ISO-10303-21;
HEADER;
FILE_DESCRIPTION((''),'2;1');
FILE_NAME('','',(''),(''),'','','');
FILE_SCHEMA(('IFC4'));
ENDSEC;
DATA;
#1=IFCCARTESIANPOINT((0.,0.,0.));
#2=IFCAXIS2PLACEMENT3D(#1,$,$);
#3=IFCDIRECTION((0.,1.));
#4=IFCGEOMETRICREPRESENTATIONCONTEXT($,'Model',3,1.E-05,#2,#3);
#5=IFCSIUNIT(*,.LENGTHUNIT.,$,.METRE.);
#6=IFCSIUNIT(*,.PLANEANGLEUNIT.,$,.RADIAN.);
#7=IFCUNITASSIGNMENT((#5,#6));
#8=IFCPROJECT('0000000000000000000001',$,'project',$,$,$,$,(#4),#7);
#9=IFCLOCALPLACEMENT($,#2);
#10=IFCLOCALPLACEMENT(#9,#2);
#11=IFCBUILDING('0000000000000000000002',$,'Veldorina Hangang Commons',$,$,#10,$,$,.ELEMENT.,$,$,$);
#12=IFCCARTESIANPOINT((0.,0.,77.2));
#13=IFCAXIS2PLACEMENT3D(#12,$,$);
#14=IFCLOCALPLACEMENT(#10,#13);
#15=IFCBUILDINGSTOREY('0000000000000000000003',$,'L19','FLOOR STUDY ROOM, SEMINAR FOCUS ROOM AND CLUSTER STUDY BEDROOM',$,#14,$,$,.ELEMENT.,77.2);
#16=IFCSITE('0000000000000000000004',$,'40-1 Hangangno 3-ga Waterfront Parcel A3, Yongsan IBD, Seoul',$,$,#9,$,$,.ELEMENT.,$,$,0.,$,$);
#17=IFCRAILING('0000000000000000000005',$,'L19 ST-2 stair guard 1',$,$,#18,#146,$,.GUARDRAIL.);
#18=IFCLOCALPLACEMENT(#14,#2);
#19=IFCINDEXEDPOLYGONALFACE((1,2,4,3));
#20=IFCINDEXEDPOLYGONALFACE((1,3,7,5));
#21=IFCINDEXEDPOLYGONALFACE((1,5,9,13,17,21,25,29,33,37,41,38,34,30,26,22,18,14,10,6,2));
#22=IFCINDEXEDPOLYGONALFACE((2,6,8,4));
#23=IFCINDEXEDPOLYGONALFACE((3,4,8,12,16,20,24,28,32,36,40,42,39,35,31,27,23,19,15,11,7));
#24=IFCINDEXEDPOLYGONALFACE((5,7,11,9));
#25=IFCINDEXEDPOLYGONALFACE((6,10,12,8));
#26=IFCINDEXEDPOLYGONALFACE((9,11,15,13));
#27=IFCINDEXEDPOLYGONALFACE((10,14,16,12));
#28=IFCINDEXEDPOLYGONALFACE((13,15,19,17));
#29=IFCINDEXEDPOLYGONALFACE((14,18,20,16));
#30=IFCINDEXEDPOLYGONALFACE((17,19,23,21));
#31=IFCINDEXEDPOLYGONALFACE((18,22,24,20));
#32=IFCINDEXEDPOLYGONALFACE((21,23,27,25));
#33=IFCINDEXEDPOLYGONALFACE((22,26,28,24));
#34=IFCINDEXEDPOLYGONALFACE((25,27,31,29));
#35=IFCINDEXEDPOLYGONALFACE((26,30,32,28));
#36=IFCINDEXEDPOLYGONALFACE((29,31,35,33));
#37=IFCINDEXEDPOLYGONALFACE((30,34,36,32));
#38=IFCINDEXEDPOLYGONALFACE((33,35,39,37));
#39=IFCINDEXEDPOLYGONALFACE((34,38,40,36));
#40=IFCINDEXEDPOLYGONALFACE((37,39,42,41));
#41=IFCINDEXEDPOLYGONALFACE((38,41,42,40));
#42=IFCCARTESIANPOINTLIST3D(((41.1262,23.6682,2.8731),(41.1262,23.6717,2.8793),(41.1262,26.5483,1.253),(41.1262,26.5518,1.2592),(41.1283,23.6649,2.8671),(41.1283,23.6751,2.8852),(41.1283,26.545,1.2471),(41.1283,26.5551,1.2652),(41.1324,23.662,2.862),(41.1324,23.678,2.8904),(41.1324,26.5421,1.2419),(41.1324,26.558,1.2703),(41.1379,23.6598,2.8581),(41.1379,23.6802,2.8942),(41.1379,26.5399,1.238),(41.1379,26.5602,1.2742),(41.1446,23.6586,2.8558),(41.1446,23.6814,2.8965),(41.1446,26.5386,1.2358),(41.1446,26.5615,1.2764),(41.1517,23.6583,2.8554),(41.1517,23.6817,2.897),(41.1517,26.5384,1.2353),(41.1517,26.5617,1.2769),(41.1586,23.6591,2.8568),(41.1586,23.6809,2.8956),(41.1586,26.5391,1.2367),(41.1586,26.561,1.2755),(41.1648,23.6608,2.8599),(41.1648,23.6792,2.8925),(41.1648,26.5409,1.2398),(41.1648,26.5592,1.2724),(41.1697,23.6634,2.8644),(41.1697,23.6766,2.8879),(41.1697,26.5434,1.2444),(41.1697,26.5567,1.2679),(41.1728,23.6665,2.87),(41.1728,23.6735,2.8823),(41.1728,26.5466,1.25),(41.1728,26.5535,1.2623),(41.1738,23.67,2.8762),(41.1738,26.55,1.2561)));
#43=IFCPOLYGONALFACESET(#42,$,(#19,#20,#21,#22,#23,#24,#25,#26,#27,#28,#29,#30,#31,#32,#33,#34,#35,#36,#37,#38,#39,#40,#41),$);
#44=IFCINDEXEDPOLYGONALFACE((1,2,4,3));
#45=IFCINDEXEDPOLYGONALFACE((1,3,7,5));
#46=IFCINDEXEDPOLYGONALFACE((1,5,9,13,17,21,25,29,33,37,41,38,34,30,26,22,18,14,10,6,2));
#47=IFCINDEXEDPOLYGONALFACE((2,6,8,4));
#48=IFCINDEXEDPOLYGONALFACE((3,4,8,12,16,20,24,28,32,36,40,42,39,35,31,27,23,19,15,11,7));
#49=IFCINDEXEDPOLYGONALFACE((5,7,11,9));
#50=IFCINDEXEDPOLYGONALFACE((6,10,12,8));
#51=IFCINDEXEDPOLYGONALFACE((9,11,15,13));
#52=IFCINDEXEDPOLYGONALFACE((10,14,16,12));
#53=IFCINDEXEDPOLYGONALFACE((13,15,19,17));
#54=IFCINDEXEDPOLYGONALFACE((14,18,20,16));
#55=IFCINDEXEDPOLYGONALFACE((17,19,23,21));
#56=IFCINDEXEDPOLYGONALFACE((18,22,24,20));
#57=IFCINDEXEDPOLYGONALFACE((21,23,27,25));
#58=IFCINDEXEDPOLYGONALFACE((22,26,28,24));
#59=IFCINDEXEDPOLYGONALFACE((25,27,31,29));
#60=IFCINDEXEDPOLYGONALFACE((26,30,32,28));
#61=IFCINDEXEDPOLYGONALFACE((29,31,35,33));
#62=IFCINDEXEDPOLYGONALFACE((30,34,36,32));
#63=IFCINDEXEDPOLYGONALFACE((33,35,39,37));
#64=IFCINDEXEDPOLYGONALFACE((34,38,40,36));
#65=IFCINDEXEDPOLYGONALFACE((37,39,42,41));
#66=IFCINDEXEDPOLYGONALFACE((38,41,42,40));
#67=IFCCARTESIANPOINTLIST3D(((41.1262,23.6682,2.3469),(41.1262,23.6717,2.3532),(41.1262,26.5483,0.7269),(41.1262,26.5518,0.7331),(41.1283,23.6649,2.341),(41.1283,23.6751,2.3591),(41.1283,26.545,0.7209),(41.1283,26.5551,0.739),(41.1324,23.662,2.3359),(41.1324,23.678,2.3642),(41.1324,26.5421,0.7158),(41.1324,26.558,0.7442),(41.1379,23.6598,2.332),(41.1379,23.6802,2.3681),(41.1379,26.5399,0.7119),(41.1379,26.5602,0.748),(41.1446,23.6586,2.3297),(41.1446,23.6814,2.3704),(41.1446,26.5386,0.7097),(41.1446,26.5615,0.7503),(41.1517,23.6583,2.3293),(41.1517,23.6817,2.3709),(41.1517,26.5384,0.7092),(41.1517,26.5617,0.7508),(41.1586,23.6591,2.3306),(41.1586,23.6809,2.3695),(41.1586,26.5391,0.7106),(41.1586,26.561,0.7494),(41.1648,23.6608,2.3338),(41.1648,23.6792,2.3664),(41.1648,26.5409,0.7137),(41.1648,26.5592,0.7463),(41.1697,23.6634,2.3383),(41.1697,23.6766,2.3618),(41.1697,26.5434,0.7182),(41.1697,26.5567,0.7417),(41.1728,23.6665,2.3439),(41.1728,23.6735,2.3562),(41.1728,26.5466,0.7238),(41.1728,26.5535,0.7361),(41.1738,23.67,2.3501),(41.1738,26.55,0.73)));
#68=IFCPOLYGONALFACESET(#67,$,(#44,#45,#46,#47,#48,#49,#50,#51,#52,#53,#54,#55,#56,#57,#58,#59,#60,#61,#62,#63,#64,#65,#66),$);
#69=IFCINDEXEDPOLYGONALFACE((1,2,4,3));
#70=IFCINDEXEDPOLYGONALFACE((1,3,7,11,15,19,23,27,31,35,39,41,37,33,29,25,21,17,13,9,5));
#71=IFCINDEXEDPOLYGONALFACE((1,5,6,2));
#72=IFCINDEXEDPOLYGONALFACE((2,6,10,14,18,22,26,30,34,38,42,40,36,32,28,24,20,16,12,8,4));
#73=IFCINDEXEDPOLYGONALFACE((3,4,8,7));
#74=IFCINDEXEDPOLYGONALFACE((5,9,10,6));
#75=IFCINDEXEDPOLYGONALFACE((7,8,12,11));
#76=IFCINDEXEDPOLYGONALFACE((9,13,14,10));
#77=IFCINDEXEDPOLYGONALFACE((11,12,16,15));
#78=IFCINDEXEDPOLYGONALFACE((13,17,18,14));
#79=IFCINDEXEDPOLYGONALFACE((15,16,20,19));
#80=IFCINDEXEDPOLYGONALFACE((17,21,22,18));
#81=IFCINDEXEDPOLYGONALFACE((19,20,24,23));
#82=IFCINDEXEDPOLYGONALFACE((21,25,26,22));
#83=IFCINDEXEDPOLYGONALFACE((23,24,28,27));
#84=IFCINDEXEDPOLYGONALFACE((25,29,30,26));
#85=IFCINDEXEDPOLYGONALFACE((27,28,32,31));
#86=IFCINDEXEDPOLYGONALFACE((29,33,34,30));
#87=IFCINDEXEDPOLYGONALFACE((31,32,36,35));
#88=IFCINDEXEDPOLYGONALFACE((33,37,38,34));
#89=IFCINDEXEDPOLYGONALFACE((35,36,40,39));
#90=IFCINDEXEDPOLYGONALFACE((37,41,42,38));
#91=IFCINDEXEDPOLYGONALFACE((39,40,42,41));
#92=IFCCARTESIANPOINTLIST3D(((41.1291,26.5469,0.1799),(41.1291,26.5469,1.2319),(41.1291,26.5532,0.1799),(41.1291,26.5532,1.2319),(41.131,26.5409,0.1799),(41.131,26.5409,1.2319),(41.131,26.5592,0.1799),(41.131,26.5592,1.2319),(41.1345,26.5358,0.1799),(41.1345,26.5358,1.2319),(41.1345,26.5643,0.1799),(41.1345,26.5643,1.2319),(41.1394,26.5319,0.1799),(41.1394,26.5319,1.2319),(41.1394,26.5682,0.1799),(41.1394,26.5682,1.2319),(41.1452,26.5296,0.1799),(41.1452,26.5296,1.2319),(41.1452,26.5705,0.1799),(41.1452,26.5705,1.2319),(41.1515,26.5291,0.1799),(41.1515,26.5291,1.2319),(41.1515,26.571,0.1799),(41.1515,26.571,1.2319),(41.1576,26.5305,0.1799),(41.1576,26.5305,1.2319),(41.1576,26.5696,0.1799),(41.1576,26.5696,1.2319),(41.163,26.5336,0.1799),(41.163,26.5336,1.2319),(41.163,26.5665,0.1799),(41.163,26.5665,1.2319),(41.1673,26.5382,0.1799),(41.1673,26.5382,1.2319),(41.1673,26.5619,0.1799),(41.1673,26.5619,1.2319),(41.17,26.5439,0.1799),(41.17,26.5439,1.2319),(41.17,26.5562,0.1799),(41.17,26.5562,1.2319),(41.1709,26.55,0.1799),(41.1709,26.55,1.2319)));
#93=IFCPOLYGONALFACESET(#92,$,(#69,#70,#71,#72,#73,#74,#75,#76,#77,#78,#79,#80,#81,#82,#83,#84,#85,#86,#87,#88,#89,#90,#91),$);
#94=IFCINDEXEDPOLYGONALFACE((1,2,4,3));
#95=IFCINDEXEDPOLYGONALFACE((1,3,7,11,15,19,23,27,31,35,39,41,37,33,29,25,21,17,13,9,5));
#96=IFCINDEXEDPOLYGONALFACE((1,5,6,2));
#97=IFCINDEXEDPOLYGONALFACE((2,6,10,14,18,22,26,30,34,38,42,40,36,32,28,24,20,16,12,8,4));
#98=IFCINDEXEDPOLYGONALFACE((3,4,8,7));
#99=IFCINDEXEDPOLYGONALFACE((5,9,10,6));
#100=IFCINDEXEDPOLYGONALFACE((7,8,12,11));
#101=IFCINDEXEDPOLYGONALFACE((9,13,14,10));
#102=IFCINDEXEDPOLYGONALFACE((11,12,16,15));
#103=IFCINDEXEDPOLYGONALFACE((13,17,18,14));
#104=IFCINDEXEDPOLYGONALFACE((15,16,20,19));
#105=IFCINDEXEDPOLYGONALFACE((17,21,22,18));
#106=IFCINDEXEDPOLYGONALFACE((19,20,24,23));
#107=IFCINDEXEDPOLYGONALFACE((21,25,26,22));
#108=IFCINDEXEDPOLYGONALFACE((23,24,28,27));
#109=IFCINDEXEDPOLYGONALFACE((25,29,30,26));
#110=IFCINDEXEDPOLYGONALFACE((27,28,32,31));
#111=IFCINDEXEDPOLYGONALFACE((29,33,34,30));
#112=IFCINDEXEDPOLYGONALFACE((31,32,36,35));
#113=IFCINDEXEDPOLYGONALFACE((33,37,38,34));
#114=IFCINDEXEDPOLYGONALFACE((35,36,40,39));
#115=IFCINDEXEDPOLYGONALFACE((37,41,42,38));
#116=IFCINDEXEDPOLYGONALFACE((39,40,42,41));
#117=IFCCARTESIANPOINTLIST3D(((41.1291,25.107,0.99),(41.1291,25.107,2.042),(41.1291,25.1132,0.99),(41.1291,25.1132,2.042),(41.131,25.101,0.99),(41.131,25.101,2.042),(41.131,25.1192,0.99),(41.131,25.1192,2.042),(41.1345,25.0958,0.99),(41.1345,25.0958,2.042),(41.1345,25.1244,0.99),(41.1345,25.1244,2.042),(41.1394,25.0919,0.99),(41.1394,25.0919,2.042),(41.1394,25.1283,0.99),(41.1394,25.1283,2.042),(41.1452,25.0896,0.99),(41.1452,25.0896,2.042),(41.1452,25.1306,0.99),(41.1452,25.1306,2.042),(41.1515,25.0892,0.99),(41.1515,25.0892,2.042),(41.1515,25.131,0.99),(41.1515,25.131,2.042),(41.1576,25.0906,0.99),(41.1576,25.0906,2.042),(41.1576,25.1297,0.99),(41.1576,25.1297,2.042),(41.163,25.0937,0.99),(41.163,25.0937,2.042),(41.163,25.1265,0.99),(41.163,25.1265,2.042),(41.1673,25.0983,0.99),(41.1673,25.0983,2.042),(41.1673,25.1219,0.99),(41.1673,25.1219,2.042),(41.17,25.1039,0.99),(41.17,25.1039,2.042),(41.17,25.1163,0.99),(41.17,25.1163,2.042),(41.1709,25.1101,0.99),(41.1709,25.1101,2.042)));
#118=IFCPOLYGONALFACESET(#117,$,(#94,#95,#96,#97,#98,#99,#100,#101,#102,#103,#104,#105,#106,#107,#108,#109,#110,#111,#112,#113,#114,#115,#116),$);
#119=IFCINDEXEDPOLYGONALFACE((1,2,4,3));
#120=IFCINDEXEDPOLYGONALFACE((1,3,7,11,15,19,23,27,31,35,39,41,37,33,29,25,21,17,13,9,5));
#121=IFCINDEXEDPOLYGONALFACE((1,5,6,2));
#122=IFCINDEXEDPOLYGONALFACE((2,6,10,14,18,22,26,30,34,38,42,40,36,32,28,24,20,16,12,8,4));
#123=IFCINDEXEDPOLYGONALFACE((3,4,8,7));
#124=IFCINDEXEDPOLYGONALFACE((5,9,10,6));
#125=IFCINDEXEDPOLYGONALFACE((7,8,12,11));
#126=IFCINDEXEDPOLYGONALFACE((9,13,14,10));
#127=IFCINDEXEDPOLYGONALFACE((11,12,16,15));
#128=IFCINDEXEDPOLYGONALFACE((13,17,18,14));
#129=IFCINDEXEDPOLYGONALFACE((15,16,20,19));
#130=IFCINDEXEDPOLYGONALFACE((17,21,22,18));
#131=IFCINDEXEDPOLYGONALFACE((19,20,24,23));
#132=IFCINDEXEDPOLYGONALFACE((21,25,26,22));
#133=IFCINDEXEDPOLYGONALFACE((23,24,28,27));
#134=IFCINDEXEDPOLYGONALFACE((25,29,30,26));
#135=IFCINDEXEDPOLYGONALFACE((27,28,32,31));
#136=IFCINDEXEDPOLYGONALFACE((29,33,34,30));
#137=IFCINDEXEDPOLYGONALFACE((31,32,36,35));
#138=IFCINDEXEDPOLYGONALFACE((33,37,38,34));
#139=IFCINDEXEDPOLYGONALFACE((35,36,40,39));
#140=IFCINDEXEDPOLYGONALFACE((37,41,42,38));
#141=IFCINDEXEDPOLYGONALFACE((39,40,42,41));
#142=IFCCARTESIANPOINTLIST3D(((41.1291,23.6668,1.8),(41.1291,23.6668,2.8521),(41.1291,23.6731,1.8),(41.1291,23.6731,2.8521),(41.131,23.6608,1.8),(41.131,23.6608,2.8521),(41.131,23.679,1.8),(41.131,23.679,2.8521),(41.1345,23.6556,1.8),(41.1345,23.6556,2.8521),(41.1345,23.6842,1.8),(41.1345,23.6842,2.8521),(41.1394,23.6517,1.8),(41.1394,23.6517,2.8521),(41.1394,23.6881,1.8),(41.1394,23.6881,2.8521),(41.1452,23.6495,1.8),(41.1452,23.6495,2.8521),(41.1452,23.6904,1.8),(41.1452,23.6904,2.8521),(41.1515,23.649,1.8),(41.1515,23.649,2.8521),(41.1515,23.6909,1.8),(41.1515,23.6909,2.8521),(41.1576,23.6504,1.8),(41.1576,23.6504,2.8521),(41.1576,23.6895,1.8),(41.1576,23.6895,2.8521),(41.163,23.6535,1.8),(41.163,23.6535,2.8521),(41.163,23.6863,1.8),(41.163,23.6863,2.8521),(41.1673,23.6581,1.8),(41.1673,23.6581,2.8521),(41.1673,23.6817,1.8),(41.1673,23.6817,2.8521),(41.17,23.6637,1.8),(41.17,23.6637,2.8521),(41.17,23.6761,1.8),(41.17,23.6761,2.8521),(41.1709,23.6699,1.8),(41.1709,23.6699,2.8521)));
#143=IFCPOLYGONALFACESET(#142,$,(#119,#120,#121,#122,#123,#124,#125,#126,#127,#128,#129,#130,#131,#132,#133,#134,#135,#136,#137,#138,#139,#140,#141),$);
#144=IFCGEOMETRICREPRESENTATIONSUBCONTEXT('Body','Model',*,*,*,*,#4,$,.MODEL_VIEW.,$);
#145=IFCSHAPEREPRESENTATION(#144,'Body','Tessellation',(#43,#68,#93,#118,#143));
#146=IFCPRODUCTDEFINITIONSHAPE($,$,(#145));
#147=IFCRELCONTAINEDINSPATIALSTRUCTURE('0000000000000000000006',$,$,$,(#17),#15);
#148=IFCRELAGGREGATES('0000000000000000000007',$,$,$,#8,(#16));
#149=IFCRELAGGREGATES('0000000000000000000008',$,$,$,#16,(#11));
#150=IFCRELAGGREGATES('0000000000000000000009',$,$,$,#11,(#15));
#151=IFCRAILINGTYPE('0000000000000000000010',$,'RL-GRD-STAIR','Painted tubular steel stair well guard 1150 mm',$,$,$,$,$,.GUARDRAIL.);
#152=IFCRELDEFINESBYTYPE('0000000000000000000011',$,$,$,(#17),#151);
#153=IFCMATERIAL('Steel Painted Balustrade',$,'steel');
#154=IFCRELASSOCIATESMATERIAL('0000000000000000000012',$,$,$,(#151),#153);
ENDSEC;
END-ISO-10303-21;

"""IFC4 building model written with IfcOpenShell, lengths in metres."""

from ifc_helpers import new_model, si_unit, direction, frame, origin, origin_2d, place, context, subcontext, project, spatial, circle, extrude, material, type_object, element, save


model = new_model("IFC4")

# Units and contexts
model_context = context("Model", 3, precision=1e-05, world=origin(), true_north=direction((0.0, 1.0)))
body_context = subcontext(model_context, "Body", "Model", "MODEL_VIEW")
ifc_project = project(units=[si_unit("LENGTHUNIT", "METRE"), si_unit("PLANEANGLEUNIT", "RADIAN")], contexts=[model_context])

# Site, building, storey
site_placement = place(None, origin())
site = spatial("IfcSite", under=ifc_project, at=site_placement, Name="40-1 Hangangno 3-ga Waterfront Parcel A3, Yongsan IBD, Seoul", CompositionType="ELEMENT", RefElevation=0.0)
building_placement = place(site_placement, origin())
building = spatial("IfcBuilding", under=site, at=building_placement, Name="Veldorina Hangang Commons", CompositionType="ELEMENT")
storey_placement = place(building_placement, frame((0.0, 0.0, 77.2)))
storey = spatial("IfcBuildingStorey", under=building, at=storey_placement, Name="L19", Description="FLOOR STUDY ROOM, SEMINAR FOCUS ROOM AND CLUSTER STUDY BEDROOM", CompositionType="ELEMENT", Elevation=77.2)

# Railing
ifc_material_1 = material(Name="Steel Painted Balustrade", Category="steel")
railing_type_1 = type_object("IfcRailingType", Name="RL-GRD-STAIR", Description="Painted tubular steel stair well guard 1150 mm", PredefinedType="GUARDRAIL", material=ifc_material_1)
railing_1_placement = place(storey_placement, frame((41.1499, 26.55, 0.1799)))
element("IfcRailing", 1, at=railing_1_placement, inside=storey, type_object=railing_type_1, Name="L19 ST-2 stair guard 1", PredefinedType="GUARDRAIL", context=body_context, shape_type="SweptSolid", body=[
    extrude(circle(Radius=0.0239, at=origin_2d()), frame((0.0, 0.0, 1.0762), z_axis=(0.0, -0.87157, 0.490272), x_axis=(1.0, 0.0, 0.0)), (0.0, 0.0, 1.0), 3.3044),
    extrude(circle(Radius=0.0239, at=origin_2d()), frame((0.0, 0.0, 0.55), z_axis=(0.0, -0.87157, 0.490272), x_axis=(1.0, 0.0, 0.0)), (0.0, 0.0, 1.0), 3.3044),
    extrude(circle(Radius=0.021, at=origin_2d()), origin(), (0.0, 0.0, 1.0), 1.052),
    extrude(circle(Radius=0.021, at=origin_2d()), frame((0.0, -1.4399, 0.8101)), (0.0, 0.0, 1.0), 1.052),
    extrude(circle(Radius=0.021, at=origin_2d()), frame((0.0, -2.8801, 1.6201)), (0.0, 0.0, 1.0), 1.052),
])

save(model, "model.ifc")
